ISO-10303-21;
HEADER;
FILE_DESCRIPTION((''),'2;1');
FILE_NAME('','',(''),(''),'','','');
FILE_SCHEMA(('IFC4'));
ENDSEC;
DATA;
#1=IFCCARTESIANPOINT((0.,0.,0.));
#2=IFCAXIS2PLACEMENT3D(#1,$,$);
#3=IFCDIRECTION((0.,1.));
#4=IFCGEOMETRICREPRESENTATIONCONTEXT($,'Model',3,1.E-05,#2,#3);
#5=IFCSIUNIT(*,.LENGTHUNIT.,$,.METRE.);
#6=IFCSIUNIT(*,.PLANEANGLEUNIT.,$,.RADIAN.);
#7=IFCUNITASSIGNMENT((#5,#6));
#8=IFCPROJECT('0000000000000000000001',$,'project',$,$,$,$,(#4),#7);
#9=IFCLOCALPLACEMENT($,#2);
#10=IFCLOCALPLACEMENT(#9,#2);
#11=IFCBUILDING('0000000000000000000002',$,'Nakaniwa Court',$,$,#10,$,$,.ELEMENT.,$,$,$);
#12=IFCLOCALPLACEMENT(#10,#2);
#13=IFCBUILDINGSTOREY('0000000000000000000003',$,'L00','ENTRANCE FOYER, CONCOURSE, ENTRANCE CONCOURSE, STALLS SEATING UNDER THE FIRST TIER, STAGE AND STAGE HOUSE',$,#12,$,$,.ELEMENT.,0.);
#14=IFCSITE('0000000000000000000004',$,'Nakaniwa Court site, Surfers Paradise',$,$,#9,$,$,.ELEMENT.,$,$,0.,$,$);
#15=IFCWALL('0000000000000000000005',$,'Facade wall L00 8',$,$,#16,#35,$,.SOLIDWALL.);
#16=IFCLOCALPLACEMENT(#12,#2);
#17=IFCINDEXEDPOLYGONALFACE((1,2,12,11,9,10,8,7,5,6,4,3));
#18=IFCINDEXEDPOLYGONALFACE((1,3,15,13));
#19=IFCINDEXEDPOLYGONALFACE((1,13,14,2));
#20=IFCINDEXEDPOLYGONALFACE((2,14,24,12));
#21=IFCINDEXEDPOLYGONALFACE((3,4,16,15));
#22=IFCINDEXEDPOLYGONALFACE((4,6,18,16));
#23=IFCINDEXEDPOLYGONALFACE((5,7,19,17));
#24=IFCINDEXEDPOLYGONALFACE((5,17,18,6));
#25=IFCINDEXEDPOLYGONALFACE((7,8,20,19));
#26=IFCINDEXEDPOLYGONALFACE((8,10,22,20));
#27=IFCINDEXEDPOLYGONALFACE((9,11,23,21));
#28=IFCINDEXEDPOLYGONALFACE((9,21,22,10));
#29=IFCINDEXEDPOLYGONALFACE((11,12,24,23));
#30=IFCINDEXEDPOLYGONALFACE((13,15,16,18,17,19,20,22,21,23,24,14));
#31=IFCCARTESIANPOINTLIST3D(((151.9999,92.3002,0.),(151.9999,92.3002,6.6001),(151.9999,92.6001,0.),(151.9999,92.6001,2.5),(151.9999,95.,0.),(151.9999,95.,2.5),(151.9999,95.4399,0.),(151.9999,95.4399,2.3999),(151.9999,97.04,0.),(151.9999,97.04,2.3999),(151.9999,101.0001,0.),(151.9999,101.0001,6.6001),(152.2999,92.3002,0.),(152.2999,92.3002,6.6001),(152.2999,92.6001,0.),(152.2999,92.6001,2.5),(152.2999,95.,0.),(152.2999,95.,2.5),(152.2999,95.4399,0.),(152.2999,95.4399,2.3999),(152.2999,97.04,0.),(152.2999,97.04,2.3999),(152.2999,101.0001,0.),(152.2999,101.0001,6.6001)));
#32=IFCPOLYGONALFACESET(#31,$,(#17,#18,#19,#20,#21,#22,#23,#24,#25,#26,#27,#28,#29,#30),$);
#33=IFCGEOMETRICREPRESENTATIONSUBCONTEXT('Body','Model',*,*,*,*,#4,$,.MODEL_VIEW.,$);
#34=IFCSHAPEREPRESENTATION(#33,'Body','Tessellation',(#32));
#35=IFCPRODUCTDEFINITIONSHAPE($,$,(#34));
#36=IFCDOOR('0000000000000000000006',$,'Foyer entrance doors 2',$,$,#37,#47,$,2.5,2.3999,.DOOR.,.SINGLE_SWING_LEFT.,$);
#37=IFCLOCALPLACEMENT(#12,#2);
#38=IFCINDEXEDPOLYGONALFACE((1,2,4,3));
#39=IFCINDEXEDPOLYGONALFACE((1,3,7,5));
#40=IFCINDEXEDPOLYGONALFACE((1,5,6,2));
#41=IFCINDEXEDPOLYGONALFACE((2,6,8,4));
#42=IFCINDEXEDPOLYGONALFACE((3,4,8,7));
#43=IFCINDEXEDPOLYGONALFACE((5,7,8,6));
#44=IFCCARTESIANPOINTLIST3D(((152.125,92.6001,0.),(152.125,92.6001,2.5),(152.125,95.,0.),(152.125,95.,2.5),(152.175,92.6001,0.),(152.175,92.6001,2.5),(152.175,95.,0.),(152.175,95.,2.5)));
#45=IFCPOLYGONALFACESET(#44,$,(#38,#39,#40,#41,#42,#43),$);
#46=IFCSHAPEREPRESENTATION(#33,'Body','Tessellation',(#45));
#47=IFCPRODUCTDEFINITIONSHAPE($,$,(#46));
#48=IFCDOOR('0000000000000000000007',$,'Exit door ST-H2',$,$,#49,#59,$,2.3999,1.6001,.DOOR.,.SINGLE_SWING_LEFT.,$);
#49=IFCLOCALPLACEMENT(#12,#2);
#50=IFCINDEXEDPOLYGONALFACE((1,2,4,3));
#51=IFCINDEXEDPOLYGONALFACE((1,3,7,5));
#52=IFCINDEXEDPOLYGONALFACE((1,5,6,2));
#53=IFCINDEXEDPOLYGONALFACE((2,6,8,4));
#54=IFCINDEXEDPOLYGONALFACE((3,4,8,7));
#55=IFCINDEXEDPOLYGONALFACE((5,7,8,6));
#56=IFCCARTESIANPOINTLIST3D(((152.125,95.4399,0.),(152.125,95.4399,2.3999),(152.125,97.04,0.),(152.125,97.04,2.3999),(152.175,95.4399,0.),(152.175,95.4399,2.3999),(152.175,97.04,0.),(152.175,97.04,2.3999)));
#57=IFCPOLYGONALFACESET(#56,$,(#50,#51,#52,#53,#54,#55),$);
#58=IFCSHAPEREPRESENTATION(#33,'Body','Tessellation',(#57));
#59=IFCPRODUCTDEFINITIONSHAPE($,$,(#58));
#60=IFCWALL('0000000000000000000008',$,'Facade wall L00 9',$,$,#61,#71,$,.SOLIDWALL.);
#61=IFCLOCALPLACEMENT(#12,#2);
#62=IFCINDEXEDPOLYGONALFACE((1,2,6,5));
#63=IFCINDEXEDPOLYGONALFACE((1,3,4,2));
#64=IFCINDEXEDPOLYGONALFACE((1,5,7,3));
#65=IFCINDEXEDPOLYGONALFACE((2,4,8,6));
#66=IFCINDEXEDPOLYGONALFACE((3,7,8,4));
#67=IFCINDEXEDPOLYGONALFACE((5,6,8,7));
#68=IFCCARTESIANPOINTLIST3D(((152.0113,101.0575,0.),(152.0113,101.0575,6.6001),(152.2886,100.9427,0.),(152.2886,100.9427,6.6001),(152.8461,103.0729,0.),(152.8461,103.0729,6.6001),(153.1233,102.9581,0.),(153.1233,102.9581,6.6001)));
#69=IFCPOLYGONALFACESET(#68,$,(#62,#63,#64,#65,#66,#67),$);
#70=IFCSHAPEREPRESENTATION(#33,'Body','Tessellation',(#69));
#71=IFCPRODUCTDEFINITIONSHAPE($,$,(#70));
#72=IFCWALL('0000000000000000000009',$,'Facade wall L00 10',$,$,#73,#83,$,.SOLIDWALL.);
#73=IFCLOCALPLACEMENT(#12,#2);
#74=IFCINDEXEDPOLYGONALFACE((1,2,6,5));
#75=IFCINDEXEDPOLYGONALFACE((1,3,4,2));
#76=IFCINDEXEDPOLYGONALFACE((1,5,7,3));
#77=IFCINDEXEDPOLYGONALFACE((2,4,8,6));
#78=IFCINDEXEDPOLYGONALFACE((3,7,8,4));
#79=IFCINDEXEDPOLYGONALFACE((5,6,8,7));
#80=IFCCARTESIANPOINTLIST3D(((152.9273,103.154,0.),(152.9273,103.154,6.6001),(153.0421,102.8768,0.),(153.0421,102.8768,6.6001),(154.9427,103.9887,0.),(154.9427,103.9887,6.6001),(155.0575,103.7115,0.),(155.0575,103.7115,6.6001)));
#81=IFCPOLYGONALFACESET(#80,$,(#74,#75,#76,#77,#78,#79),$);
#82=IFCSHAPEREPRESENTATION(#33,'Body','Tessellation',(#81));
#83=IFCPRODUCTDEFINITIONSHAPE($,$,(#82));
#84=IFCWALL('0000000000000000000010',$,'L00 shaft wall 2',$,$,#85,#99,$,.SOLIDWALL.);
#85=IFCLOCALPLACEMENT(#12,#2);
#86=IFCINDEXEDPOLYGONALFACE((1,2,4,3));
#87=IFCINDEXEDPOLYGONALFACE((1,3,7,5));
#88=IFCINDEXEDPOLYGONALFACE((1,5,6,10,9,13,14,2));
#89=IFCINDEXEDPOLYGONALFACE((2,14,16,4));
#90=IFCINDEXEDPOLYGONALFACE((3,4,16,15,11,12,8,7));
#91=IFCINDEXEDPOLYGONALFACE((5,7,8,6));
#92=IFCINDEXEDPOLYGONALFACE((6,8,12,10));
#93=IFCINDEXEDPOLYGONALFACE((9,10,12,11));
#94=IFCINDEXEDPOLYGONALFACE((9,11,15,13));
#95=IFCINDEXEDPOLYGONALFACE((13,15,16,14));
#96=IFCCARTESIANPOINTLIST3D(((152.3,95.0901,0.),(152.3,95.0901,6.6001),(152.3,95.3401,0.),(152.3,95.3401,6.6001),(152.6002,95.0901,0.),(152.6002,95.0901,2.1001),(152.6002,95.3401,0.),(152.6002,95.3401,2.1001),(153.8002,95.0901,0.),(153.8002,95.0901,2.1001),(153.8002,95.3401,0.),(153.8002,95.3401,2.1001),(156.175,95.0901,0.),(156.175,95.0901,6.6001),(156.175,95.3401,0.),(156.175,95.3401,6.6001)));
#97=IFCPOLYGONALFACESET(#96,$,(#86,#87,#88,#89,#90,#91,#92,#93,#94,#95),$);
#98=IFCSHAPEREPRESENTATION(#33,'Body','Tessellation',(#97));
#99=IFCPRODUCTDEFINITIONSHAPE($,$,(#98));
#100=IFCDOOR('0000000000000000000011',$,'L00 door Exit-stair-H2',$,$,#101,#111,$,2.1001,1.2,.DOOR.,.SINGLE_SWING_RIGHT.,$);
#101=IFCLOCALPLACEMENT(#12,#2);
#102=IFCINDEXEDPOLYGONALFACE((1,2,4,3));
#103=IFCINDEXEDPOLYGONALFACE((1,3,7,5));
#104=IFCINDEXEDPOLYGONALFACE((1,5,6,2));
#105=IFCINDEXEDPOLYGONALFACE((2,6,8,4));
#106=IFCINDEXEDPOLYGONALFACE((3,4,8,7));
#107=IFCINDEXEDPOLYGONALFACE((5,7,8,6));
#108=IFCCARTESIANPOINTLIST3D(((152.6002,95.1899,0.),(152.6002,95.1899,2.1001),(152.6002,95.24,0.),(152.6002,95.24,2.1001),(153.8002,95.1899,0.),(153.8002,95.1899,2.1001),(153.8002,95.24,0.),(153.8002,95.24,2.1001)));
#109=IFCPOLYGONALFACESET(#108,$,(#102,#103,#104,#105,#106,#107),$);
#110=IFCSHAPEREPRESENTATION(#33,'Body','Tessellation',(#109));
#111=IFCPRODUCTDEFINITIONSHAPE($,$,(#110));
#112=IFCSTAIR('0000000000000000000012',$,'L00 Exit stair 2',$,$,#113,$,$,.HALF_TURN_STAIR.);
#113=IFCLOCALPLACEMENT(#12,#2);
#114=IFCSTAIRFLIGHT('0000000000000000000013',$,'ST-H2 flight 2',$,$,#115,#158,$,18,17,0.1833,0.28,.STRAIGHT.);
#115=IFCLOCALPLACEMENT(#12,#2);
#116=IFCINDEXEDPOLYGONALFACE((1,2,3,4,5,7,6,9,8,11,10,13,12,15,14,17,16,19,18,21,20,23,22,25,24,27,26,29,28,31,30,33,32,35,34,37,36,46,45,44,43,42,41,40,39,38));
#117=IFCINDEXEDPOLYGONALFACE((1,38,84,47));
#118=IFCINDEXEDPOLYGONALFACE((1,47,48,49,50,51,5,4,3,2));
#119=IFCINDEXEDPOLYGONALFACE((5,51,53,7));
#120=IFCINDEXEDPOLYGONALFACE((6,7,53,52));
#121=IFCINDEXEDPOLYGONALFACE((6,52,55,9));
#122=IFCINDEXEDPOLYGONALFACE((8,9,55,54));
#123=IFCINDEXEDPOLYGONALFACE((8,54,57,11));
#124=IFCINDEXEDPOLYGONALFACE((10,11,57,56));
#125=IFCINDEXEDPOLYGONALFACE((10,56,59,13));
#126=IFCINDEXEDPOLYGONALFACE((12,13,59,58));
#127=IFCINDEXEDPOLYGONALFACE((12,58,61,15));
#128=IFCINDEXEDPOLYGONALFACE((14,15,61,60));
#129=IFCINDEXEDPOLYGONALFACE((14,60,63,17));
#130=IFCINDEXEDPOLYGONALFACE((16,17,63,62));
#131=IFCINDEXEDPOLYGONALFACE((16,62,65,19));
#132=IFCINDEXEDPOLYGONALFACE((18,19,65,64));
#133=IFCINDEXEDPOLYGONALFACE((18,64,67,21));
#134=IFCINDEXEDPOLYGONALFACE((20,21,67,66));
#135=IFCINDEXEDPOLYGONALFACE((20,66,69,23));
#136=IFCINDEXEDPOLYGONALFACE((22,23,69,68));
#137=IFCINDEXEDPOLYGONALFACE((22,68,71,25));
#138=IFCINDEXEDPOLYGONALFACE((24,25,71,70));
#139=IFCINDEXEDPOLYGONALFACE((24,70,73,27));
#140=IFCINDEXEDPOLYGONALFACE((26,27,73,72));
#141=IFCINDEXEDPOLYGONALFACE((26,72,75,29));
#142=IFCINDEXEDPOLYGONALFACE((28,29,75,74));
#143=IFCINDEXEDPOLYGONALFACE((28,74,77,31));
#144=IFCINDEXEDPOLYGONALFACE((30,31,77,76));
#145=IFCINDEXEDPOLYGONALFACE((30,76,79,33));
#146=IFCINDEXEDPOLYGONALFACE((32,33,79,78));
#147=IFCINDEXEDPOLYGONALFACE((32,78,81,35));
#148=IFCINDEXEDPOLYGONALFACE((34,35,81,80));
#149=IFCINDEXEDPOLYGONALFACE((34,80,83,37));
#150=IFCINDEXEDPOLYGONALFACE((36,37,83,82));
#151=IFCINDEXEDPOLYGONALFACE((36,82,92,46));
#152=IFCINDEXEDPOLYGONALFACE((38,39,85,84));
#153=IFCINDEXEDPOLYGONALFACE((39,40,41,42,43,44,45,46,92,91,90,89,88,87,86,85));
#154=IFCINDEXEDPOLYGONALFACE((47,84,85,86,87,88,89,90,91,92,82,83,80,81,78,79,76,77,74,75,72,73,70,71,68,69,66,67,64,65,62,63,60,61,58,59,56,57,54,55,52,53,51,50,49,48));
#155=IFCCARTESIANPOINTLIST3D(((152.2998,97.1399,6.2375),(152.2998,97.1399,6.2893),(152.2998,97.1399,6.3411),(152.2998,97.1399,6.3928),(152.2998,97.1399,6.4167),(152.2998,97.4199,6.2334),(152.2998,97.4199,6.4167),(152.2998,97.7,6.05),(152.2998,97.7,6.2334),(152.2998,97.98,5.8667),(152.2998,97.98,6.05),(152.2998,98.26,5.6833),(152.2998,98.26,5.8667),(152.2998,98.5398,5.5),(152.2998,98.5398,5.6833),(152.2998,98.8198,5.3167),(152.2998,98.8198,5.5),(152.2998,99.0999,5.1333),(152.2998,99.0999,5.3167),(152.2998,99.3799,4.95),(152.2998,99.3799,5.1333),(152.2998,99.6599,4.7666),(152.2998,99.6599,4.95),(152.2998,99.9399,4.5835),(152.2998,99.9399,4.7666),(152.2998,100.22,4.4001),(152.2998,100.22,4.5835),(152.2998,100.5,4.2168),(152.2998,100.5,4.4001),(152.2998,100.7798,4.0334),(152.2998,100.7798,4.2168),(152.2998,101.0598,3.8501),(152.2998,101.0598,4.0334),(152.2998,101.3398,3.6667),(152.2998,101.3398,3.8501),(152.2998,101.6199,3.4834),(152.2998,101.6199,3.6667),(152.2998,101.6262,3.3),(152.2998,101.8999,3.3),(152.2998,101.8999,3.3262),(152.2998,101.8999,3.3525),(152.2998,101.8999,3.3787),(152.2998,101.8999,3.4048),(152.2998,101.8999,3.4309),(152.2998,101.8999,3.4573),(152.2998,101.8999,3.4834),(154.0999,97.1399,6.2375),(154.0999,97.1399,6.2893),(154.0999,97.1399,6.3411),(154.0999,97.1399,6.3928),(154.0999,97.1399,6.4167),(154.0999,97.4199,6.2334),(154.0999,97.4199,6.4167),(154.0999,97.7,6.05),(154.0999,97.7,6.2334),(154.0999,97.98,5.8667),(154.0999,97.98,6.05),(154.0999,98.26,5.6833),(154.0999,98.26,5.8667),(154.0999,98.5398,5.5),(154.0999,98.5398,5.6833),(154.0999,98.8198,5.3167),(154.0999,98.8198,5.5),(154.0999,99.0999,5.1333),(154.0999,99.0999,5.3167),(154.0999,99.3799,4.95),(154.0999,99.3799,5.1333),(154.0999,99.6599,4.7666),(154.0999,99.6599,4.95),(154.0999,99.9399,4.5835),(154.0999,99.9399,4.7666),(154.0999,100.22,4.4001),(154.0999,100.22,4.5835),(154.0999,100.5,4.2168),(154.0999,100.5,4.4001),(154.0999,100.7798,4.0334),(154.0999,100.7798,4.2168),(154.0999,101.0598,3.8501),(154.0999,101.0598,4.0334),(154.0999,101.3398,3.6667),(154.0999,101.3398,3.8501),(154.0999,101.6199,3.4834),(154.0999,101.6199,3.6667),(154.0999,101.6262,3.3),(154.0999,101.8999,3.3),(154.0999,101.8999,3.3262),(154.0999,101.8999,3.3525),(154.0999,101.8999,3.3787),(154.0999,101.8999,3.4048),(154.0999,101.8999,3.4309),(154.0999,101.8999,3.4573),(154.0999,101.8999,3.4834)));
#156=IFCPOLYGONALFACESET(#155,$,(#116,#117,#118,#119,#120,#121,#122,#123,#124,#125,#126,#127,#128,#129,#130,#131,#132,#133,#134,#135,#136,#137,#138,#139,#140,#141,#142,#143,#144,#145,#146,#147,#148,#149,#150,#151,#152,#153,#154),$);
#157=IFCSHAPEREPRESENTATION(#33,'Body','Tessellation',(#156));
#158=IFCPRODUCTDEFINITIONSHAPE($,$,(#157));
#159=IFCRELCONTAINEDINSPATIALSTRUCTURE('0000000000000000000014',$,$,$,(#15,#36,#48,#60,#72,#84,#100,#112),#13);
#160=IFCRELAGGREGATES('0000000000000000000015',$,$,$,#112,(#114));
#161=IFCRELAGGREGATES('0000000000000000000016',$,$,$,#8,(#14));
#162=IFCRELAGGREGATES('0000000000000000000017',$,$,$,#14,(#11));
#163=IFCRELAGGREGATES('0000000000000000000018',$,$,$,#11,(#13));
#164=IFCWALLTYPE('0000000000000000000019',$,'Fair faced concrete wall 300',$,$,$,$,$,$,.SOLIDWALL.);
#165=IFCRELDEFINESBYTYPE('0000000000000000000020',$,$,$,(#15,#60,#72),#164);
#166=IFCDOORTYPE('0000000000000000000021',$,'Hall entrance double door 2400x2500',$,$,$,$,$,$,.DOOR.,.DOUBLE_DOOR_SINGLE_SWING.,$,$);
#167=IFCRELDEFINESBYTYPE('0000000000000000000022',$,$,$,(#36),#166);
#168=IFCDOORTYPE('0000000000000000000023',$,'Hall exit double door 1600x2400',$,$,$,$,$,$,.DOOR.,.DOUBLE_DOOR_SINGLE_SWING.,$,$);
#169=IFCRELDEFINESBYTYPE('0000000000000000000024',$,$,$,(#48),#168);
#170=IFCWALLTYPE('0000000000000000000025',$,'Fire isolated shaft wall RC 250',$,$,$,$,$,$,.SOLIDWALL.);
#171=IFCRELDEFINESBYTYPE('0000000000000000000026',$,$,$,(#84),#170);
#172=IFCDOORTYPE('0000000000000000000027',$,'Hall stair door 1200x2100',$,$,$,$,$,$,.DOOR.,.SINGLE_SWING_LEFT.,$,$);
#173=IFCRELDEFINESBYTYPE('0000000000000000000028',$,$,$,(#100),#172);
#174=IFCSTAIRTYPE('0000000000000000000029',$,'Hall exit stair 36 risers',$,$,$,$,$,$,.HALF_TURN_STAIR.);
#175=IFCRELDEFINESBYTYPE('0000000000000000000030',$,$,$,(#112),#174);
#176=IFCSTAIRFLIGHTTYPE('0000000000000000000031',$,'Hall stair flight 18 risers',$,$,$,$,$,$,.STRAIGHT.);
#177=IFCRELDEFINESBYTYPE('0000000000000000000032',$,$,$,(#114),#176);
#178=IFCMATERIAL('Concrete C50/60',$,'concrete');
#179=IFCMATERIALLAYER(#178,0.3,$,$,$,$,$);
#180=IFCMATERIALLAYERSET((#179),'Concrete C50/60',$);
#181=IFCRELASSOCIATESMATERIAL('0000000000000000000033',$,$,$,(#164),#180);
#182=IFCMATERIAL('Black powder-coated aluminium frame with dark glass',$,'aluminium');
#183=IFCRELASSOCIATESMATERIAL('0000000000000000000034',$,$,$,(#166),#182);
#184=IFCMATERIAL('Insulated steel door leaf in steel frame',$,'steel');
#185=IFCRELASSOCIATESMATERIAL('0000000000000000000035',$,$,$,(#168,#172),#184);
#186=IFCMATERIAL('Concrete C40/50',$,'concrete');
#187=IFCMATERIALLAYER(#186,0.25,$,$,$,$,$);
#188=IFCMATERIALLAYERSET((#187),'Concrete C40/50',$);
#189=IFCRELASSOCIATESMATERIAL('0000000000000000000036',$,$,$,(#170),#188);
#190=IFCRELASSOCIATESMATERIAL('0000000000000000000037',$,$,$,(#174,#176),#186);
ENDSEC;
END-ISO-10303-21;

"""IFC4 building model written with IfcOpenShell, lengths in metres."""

from ifc_helpers import new_model, si_unit, direction, frame, frame_2d, origin, place, context, subcontext, project, spatial, polyline, rectangle, outline, extrude, material, layer, layer_set, type_object, element, fill, aggregate, save


model = new_model("IFC4")

# Units and contexts
model_context = context("Model", 3, precision=1e-05, world=origin(), true_north=direction((0.0, 1.0)))
body_context = subcontext(model_context, "Body", "Model", "MODEL_VIEW")
ifc_project = project(units=[si_unit("LENGTHUNIT", "METRE"), si_unit("PLANEANGLEUNIT", "RADIAN")], contexts=[model_context])

# Site, building, storey
site_placement = place(None, origin())
site = spatial("IfcSite", under=ifc_project, at=site_placement, Name="Nakaniwa Court site, Surfers Paradise", CompositionType="ELEMENT", RefElevation=0.0)
building_placement = place(site_placement, origin())
building = spatial("IfcBuilding", under=site, at=building_placement, Name="Nakaniwa Court", CompositionType="ELEMENT")
storey_placement = place(building_placement, origin())
storey = spatial("IfcBuildingStorey", under=building, at=storey_placement, Name="L00", Description="ENTRANCE FOYER, CONCOURSE, ENTRANCE CONCOURSE, STALLS SEATING UNDER THE FIRST TIER, STAGE AND STAGE HOUSE", CompositionType="ELEMENT", Elevation=0.0)

# Shared definitions
ifc_material_1 = material(Name="Concrete C40/50", Category="concrete")

# Shared definitions
ifc_material_2 = material(Name="Concrete C50/60", Category="concrete")

# Shared definitions
ifc_layer_1 = layer(ifc_material_2, 0.3)
ifc_layer_set_1 = layer_set([ifc_layer_1], Name="Concrete C50/60")
wall_type_1 = type_object("IfcWallType", Name="Fair faced concrete wall 300", PredefinedType="SOLIDWALL", material=ifc_layer_set_1)
ifc_material_3 = material(Name="Black powder-coated aluminium frame with dark glass", Category="aluminium")
door_type_1 = type_object("IfcDoorType", Name="Hall entrance double door 2400x2500", OperationType="DOUBLE_DOOR_SINGLE_SWING", PredefinedType="DOOR", material=ifc_material_3)

# Wall, openings, doors
wall_1_placement = place(storey_placement, frame((152.1499, 92.3, 0.0), z_axis=(0.0, 0.0, 1.0), x_axis=(0.0, 1.0, 0.0)))
wall_1 = element("IfcWall", 1, at=wall_1_placement, inside=storey, type_object=wall_type_1, Name="Facade wall L00 8", PredefinedType="SOLIDWALL", context=body_context, shape_type="SweptSolid", body=[
    extrude(rectangle(XDim=8.7, YDim=0.3, at=frame_2d((4.3501, 0.0))), origin(), (0.0, 0.0, 1.0), 6.6001),
])
opening_1_placement = place(wall_1_placement, frame((3.1399, 0.0, 0.0)))
opening_1 = element("IfcOpeningElement", 2, at=opening_1_placement, cuts=wall_1, PredefinedType="OPENING", context=body_context, shape_type="SweptSolid", body=[
    extrude(rectangle(XDim=1.6001, YDim=2.3999, at=frame_2d((0.8, 1.2))), frame((0.0, 0.1599, 0.0), z_axis=(0.0, -1.0, 0.0), x_axis=(1.0, 0.0, 0.0)), (0.0, 0.0, 1.0), 0.3201),
])
opening_2_placement = place(wall_1_placement, frame((0.3, 0.0, 0.0)))
opening_2 = element("IfcOpeningElement", 3, at=opening_2_placement, cuts=wall_1, PredefinedType="OPENING", context=body_context, shape_type="SweptSolid", body=[
    extrude(rectangle(XDim=2.3999, YDim=2.5, at=frame_2d((1.2, 1.25))), frame((0.0, 0.1599, 0.0), z_axis=(0.0, -1.0, 0.0), x_axis=(1.0, 0.0, 0.0)), (0.0, 0.0, 1.0), 0.3201),
])
door_1_placement = place(opening_2_placement, origin())
door_1 = element("IfcDoor", 4, at=door_1_placement, inside=storey, type_object=door_type_1, Name="Foyer entrance doors 2", OperationType="SINGLE_SWING_LEFT", OverallHeight=2.5, OverallWidth=2.3999, PredefinedType="DOOR", context=body_context, shape_type="SweptSolid", body=[
    extrude(rectangle(XDim=2.3999, YDim=2.5, at=frame_2d((1.2, 1.25))), frame((0.0, 0.0249, 0.0), z_axis=(0.0, -1.0, 0.0), x_axis=(1.0, 0.0, 0.0)), (0.0, 0.0, 1.0), 0.05),
])
fill(opening_2, door_1)
ifc_material_4 = material(Name="Insulated steel door leaf in steel frame", Category="steel")
door_type_2 = type_object("IfcDoorType", Name="Hall exit double door 1600x2400", OperationType="DOUBLE_DOOR_SINGLE_SWING", PredefinedType="DOOR", material=ifc_material_4)
door_2_placement = place(opening_1_placement, origin())
door_2 = element("IfcDoor", 5, at=door_2_placement, inside=storey, type_object=door_type_2, Name="Exit door ST-H2", OperationType="SINGLE_SWING_LEFT", OverallHeight=2.3999, OverallWidth=1.6001, PredefinedType="DOOR", context=body_context, shape_type="SweptSolid", body=[
    extrude(rectangle(XDim=1.6001, YDim=2.3999, at=frame_2d((0.8, 1.2))), frame((0.0, 0.0249, 0.0), z_axis=(0.0, -1.0, 0.0), x_axis=(1.0, 0.0, 0.0)), (0.0, 0.0, 1.0), 0.05),
])
fill(opening_1, door_2)

# Walls
for number, where, z_axis, x_axis, name in (
    (6, (152.1499, 101.0, 0.0), (0.0, 0.0, 1.0), (0.382652, 0.923893, 0.0), "Facade wall L00 9"),
    (7, (152.9846, 103.0154, 0.0), (0.0, 0.0, 1.0), (0.923893, 0.382652, 0.0), "Facade wall L00 10"),
):
    element("IfcWall", number, at=place(storey_placement, frame(where, z_axis=z_axis, x_axis=x_axis)), inside=storey, type_object=wall_type_1, Name=name, PredefinedType="SOLIDWALL", context=body_context, shape_type="SweptSolid", body=[
        extrude(rectangle(XDim=2.1814, YDim=0.3, at=frame_2d((1.0908, 0.0))), origin(), (0.0, 0.0, 1.0), 6.6001),
    ])

# Wall, opening, door
ifc_layer_2 = layer(ifc_material_1, 0.25)
ifc_layer_set_2 = layer_set([ifc_layer_2], Name="Concrete C40/50")
wall_type_2 = type_object("IfcWallType", Name="Fire isolated shaft wall RC 250", PredefinedType="SOLIDWALL", material=ifc_layer_set_2)
wall_2_placement = place(storey_placement, frame((152.3, 95.2151, 0.0), z_axis=(0.0, 0.0, 1.0), x_axis=(1.0, 0.0, 0.0)))
wall_2 = element("IfcWall", 8, at=wall_2_placement, inside=storey, type_object=wall_type_2, Name="L00 shaft wall 2", PredefinedType="SOLIDWALL", context=body_context, shape_type="SweptSolid", body=[
    extrude(rectangle(XDim=3.875, YDim=0.25, at=frame_2d((1.9375, 0.0))), origin(), (0.0, 0.0, 1.0), 6.6001),
])
opening_3_placement = place(wall_2_placement, frame((0.3, 0.0, 0.0)))
opening_3 = element("IfcOpeningElement", 9, at=opening_3_placement, cuts=wall_2, PredefinedType="OPENING", context=body_context, shape_type="SweptSolid", body=[
    extrude(rectangle(XDim=1.2, YDim=2.1001, at=frame_2d((0.6001, 1.05))), frame((0.0, 0.135, 0.0), z_axis=(0.0, -1.0, 0.0), x_axis=(1.0, 0.0, 0.0)), (0.0, 0.0, 1.0), 0.27),
])
door_type_3 = type_object("IfcDoorType", Name="Hall stair door 1200x2100", OperationType="SINGLE_SWING_LEFT", PredefinedType="DOOR", material=ifc_material_4)
door_3_placement = place(opening_3_placement, origin())
door_3 = element("IfcDoor", 10, at=door_3_placement, inside=storey, type_object=door_type_3, Name="L00 door Exit-stair-H2", OperationType="SINGLE_SWING_RIGHT", OverallHeight=2.1001, OverallWidth=1.2, PredefinedType="DOOR", context=body_context, shape_type="SweptSolid", body=[
    extrude(rectangle(XDim=1.2, YDim=2.1001, at=frame_2d((0.6001, 1.05))), frame((0.0, 0.0249, 0.0), z_axis=(0.0, -1.0, 0.0), x_axis=(1.0, 0.0, 0.0)), (0.0, 0.0, 1.0), 0.05),
])
fill(opening_3, door_3)

# Stair, stair flight
stair_type = type_object("IfcStairType", Name="Hall exit stair 36 risers", PredefinedType="HALF_TURN_STAIR", material=ifc_material_1)
stair_placement = place(storey_placement, origin())
stair = element("IfcStair", 11, at=stair_placement, inside=storey, type_object=stair_type, Name="L00 Exit stair 2", PredefinedType="HALF_TURN_STAIR")
stair_flight_type = type_object("IfcStairFlightType", Name="Hall stair flight 18 risers", PredefinedType="STRAIGHT", material=ifc_material_1)
stair_flight_placement = place(storey_placement, frame((153.2, 101.8999, 3.3), z_axis=(0.0, 0.0, 1.0), x_axis=(0.0, -1.0, 0.0)))
stair_flight = element("IfcStairFlight", 12, at=stair_flight_placement, type_object=stair_flight_type, Name="ST-H2 flight 2", NumberOfRisers=18, NumberOfTreads=17, PredefinedType="STRAIGHT", RiserHeight=0.1833, TreadLength=0.28, context=body_context, shape_type="SweptSolid", body=[
    extrude(outline(polyline([(0.0, 0.0), (0.0, 0.0261), (0.0, 0.0525), (0.0, 0.0786), (0.0, 0.1047), (0.0, 0.1309), (0.0, 0.1572), (0.0, 0.1833), (0.28, 0.1833), (0.28, 0.3667), (0.5601, 0.3667), (0.5601, 0.55), (0.8401, 0.55), (0.8401, 0.7334), (1.1201, 0.7334), (1.1201, 0.9167), (1.3999, 0.9167), (1.3999, 1.1001), (1.6799, 1.1001), (1.6799, 1.2834), (1.96, 1.2834), (1.96, 1.4666), (2.24, 1.4666), (2.24, 1.6499), (2.52, 1.6499), (2.52, 1.8333), (2.8, 1.8333), (2.8, 2.0166), (3.0801, 2.0166), (3.0801, 2.2), (3.3601, 2.2), (3.3601, 2.3833), (3.6399, 2.3833), (3.6399, 2.5667), (3.9199, 2.5667), (3.9199, 2.75), (4.2, 2.75), (4.2, 2.9333), (4.48, 2.9333), (4.48, 3.1167), (4.76, 3.1167), (4.76, 3.3), (4.76, 3.2483), (4.76, 3.1965), (4.76, 3.1445), (4.76, 3.0928), (4.76, 3.041), (4.76, 2.9893), (4.76, 2.9375), (0.2737, 0.0), (0.0, 0.0)])), frame((0.0, 0.8999, 0.0), z_axis=(0.0, -1.0, 0.0), x_axis=(1.0, 0.0, 0.0)), (0.0, 0.0, 1.0), 1.8),
])
aggregate(stair, [stair_flight])

save(model, "model.ifc")
